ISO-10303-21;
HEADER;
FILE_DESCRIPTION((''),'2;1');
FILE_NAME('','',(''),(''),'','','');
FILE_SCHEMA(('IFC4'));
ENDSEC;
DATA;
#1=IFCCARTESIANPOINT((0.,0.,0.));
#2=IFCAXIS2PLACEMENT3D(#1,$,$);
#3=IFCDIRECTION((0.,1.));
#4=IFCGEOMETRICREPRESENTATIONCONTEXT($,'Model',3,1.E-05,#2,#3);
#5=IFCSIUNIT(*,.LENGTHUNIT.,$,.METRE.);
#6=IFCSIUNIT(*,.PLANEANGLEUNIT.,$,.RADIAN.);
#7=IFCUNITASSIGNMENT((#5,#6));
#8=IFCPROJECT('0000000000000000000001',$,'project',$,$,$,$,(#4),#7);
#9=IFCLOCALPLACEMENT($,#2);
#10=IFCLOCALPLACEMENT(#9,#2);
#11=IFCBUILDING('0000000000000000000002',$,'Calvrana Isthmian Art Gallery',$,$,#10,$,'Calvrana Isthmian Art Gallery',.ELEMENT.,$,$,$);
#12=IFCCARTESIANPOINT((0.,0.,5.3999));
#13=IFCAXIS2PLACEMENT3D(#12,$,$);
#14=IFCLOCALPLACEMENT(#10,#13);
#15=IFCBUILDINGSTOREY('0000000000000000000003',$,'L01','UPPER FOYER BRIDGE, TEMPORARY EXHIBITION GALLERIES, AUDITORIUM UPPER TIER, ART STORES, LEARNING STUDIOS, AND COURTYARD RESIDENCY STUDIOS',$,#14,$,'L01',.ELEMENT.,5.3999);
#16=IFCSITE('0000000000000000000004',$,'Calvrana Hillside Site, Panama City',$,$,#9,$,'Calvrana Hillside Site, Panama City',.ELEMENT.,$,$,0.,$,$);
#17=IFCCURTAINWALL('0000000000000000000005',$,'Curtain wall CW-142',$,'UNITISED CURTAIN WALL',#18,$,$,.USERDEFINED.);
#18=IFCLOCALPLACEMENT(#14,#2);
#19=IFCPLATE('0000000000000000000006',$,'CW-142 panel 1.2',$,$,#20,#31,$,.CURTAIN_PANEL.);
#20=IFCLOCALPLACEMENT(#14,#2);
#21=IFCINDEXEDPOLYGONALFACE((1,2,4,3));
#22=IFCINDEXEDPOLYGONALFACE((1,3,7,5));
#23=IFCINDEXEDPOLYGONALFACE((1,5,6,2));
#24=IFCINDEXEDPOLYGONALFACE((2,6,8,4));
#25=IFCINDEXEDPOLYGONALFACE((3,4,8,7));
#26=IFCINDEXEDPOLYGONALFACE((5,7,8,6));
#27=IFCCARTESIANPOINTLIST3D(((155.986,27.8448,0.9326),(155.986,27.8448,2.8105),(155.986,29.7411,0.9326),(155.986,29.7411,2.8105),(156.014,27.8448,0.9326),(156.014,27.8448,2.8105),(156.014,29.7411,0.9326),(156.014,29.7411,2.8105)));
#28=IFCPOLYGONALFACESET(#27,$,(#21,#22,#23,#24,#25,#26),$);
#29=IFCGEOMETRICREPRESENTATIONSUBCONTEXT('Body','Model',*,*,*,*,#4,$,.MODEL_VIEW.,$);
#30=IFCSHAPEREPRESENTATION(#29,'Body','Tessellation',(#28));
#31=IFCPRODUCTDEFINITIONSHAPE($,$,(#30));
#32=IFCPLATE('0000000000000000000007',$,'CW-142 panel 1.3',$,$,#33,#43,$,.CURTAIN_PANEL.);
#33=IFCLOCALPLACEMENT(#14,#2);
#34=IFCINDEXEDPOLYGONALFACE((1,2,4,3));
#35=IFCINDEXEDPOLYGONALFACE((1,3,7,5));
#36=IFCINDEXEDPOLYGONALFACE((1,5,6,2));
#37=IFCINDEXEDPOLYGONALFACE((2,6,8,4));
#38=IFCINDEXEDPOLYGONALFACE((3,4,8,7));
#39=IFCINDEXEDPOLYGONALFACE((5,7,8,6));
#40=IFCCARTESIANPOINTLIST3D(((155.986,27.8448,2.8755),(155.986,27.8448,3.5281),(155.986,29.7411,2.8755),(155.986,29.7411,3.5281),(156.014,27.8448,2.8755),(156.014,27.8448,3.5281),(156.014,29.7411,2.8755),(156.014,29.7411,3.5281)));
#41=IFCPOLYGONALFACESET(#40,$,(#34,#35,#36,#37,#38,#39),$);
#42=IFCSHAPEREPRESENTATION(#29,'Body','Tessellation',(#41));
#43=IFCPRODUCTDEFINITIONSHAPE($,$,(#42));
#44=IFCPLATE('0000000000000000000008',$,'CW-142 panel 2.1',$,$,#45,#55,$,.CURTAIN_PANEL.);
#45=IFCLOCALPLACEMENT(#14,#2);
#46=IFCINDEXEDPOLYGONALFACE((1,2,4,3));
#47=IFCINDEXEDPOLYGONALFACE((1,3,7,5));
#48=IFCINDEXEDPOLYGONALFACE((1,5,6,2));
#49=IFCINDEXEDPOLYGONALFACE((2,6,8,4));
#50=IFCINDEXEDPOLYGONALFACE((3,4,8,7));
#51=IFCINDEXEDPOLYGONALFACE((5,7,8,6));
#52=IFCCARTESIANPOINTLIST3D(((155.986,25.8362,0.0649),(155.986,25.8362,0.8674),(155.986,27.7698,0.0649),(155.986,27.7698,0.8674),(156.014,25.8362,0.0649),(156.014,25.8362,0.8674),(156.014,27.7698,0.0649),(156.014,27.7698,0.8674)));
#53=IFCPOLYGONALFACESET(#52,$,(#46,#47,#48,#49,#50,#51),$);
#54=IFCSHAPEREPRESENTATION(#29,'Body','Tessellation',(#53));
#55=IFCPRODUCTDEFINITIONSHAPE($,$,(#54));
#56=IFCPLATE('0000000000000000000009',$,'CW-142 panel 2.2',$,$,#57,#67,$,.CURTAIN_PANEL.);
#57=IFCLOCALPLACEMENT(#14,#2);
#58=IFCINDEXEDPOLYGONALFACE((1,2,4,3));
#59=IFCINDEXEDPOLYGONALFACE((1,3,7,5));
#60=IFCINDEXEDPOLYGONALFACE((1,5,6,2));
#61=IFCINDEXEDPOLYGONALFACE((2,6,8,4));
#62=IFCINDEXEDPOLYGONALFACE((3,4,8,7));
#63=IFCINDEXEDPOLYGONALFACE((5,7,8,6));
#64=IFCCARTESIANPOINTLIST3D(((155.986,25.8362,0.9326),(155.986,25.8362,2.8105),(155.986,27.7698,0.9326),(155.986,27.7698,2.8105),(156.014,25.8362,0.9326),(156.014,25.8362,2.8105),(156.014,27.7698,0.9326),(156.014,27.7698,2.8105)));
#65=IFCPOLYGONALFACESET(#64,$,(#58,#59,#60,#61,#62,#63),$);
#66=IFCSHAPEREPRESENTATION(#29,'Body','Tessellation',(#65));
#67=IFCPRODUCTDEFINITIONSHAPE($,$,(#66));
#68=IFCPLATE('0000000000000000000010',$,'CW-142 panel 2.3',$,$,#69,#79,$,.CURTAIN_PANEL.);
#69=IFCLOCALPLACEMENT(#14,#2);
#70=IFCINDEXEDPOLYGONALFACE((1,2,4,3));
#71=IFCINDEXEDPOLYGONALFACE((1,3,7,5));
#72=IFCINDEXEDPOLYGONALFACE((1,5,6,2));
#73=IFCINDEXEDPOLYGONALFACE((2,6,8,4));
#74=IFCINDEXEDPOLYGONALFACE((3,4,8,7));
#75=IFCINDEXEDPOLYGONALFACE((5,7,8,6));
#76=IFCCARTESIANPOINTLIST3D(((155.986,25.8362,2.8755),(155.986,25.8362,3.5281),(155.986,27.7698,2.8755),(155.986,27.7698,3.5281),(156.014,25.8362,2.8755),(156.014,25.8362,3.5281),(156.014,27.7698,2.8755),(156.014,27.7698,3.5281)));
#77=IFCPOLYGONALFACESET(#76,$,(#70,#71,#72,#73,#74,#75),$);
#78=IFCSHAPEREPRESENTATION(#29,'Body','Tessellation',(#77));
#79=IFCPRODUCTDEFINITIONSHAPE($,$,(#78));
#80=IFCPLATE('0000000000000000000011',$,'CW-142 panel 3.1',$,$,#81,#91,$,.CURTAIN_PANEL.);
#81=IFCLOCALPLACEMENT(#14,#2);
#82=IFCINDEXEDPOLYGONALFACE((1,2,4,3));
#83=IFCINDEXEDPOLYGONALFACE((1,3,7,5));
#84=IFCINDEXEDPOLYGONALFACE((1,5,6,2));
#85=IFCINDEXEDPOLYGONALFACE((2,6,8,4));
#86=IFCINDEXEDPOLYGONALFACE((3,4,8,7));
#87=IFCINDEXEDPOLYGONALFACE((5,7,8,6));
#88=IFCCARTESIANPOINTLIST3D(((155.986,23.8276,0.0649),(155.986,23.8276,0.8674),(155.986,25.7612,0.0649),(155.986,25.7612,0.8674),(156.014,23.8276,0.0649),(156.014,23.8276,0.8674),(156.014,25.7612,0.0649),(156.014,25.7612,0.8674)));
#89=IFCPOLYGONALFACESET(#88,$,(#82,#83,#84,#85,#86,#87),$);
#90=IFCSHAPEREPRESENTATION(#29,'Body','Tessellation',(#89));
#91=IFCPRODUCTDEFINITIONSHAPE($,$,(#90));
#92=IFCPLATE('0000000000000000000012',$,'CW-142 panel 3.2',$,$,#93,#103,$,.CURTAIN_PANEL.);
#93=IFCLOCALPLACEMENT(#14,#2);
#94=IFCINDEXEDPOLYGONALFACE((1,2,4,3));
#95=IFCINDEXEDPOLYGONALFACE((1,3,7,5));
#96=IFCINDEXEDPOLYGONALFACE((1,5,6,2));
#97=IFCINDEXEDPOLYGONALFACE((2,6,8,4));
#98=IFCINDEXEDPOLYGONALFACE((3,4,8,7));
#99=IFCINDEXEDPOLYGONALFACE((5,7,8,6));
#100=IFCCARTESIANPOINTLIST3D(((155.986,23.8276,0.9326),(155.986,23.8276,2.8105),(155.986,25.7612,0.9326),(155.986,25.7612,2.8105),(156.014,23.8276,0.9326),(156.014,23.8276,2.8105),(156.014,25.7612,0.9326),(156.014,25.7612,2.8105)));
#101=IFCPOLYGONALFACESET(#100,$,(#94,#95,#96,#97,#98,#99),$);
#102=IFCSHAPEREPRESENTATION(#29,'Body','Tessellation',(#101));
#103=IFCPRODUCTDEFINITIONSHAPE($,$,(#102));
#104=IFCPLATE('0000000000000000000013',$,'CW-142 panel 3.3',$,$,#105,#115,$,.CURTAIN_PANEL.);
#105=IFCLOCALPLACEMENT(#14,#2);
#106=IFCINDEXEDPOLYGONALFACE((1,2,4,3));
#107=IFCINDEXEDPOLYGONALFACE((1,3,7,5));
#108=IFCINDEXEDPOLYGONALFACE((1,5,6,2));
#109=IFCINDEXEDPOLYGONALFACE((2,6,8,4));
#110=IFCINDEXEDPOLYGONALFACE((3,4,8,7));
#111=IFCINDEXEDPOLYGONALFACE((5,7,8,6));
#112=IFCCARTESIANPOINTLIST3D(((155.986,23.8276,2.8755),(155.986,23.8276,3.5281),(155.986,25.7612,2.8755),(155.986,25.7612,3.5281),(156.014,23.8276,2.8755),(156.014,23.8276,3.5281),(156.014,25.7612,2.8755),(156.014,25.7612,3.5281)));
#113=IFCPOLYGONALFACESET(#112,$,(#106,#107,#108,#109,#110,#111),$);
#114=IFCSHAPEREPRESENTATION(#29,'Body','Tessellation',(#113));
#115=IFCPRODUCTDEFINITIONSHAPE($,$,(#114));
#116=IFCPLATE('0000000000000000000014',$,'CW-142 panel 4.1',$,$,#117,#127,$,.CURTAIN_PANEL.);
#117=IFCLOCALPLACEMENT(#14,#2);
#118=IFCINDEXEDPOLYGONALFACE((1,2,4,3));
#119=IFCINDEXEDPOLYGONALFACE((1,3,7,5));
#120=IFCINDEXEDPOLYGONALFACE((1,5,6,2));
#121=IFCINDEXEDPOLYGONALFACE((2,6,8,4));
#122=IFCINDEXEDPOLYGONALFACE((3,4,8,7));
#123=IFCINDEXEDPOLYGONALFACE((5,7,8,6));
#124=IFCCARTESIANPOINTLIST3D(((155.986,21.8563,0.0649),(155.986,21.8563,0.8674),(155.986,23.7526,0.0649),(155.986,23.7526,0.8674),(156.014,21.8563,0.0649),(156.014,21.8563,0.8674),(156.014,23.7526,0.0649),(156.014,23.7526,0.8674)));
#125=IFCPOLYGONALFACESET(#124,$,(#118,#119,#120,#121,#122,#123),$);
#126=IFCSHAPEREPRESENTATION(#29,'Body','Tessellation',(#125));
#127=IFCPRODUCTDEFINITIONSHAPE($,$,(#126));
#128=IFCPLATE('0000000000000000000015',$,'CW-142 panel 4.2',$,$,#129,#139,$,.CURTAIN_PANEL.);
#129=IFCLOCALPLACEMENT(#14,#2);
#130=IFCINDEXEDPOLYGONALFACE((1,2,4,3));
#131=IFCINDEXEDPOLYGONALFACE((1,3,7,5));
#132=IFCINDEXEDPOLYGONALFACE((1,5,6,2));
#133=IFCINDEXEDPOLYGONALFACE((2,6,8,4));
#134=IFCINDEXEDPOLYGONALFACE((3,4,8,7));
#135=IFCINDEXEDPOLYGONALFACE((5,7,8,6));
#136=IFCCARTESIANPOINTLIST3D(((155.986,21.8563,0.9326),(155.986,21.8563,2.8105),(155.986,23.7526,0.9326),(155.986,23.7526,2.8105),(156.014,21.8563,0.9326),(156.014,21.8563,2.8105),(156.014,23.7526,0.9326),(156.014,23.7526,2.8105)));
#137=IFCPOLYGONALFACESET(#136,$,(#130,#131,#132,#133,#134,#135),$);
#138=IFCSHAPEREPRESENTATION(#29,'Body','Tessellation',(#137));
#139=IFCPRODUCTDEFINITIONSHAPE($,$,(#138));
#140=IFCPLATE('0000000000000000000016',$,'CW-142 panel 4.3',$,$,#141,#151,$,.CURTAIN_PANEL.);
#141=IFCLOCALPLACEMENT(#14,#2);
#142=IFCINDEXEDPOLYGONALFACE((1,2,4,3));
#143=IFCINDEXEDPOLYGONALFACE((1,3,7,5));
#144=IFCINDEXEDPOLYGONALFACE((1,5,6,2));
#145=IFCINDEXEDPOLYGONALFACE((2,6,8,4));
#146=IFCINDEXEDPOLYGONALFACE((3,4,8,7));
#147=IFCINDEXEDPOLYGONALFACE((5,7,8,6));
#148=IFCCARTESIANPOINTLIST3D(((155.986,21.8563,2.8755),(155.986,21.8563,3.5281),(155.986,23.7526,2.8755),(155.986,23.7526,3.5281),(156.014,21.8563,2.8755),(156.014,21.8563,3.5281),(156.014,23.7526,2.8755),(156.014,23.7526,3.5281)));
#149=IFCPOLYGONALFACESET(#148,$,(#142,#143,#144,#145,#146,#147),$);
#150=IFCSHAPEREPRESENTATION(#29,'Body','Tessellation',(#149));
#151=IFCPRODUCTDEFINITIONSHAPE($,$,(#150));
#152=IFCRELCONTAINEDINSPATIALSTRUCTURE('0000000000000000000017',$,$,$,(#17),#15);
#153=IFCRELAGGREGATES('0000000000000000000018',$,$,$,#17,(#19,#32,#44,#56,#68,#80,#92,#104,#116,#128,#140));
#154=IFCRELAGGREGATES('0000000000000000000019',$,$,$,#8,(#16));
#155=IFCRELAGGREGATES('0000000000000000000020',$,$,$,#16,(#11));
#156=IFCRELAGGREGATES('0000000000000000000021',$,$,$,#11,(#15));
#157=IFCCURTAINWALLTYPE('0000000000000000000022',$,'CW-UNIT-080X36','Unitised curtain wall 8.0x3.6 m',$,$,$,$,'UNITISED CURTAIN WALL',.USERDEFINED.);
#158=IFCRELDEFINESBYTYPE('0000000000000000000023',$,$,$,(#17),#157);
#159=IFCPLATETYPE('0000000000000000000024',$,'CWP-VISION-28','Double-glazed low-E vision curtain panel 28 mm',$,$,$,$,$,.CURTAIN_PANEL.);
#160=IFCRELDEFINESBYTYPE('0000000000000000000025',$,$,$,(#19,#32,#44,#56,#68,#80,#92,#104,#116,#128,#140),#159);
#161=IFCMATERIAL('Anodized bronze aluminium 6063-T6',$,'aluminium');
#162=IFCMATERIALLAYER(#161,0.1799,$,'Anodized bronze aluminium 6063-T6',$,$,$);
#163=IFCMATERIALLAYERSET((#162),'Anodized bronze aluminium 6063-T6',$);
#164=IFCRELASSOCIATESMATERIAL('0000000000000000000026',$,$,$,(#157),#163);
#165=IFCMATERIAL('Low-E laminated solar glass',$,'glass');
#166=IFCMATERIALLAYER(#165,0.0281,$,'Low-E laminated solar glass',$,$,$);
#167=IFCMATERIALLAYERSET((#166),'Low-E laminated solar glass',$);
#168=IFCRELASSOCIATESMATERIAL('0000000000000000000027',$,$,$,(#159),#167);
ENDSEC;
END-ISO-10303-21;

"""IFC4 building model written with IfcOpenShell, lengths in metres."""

from ifc_helpers import new_model, si_unit, direction, frame, origin, origin_2d, place, context, subcontext, project, spatial, rectangle, extrude, material, layer, layer_set, type_object, element, aggregate, save


model = new_model("IFC4")

# Units and contexts
model_context = context("Model", 3, precision=1e-05, world=origin(), true_north=direction((0.0, 1.0)))
body_context = subcontext(model_context, "Body", "Model", "MODEL_VIEW")
ifc_project = project(units=[si_unit("LENGTHUNIT", "METRE"), si_unit("PLANEANGLEUNIT", "RADIAN")], contexts=[model_context])

# Site, building, storey
site_placement = place(None, origin())
site = spatial("IfcSite", under=ifc_project, at=site_placement, Name="Calvrana Hillside Site, Panama City", LongName="Calvrana Hillside Site, Panama City", CompositionType="ELEMENT", RefElevation=0.0)
building_placement = place(site_placement, origin())
building = spatial("IfcBuilding", under=site, at=building_placement, Name="Calvrana Isthmian Art Gallery", LongName="Calvrana Isthmian Art Gallery", CompositionType="ELEMENT")
storey_placement = place(building_placement, frame((0.0, 0.0, 5.3999)))
storey = spatial("IfcBuildingStorey", under=building, at=storey_placement, Name="L01", Description="UPPER FOYER BRIDGE, TEMPORARY EXHIBITION GALLERIES, AUDITORIUM UPPER TIER, ART STORES, LEARNING STUDIOS, AND COURTYARD RESIDENCY STUDIOS", LongName="L01", CompositionType="ELEMENT", Elevation=5.3999)

# Curtain wall, plates
ifc_material_1 = material(Name="Anodized bronze aluminium 6063-T6", Category="aluminium")
ifc_layer_1 = layer(ifc_material_1, 0.1799, Name="Anodized bronze aluminium 6063-T6")
ifc_layer_set_1 = layer_set([ifc_layer_1], Name="Anodized bronze aluminium 6063-T6")
curtain_wall_type = type_object("IfcCurtainWallType", Name="CW-UNIT-080X36", Description="Unitised curtain wall 8.0x3.6 m", ElementType="UNITISED CURTAIN WALL", PredefinedType="USERDEFINED", material=ifc_layer_set_1)
curtain_wall_placement = place(storey_placement, origin())
curtain_wall = element("IfcCurtainWall", 1, at=curtain_wall_placement, inside=storey, type_object=curtain_wall_type, Name="Curtain wall CW-142", ObjectType="UNITISED CURTAIN WALL", PredefinedType="USERDEFINED")
ifc_material_2 = material(Name="Low-E laminated solar glass", Category="glass")
ifc_layer_2 = layer(ifc_material_2, 0.0281, Name="Low-E laminated solar glass")
ifc_layer_set_2 = layer_set([ifc_layer_2], Name="Low-E laminated solar glass")
plate_type = type_object("IfcPlateType", Name="CWP-VISION-28", Description="Double-glazed low-E vision curtain panel 28 mm", PredefinedType="CURTAIN_PANEL", material=ifc_layer_set_2)
plate_1_placement = place(storey_placement, frame((156.0, 28.793, 0.9326), z_axis=(0.0, 0.0, 1.0), x_axis=(0.0, -1.0, 0.0)))
plate_1 = element("IfcPlate", 2, at=plate_1_placement, type_object=plate_type, Name="CW-142 panel 1.2", PredefinedType="CURTAIN_PANEL", context=body_context, shape_type="SweptSolid", body=[
    extrude(rectangle(XDim=1.8962, YDim=0.0281, at=origin_2d()), origin(), (0.0, 0.0, 1.0), 1.8779),
])
plate_2_placement = place(storey_placement, frame((156.0, 28.793, 2.8755), z_axis=(0.0, 0.0, 1.0), x_axis=(0.0, -1.0, 0.0)))
plate_2 = element("IfcPlate", 3, at=plate_2_placement, type_object=plate_type, Name="CW-142 panel 1.3", PredefinedType="CURTAIN_PANEL", context=body_context, shape_type="SweptSolid", body=[
    extrude(rectangle(XDim=1.8962, YDim=0.0281, at=origin_2d()), origin(), (0.0, 0.0, 1.0), 0.6526),
])
plate_3_placement = place(storey_placement, frame((156.0, 26.803, 0.0649), z_axis=(0.0, 0.0, 1.0), x_axis=(0.0, -1.0, 0.0)))
plate_3 = element("IfcPlate", 4, at=plate_3_placement, type_object=plate_type, Name="CW-142 panel 2.1", PredefinedType="CURTAIN_PANEL", context=body_context, shape_type="SweptSolid", body=[
    extrude(rectangle(XDim=1.9336, YDim=0.0281, at=origin_2d()), origin(), (0.0, 0.0, 1.0), 0.8025),
])
plate_4_placement = place(storey_placement, frame((156.0, 26.803, 0.9326), z_axis=(0.0, 0.0, 1.0), x_axis=(0.0, -1.0, 0.0)))
plate_4 = element("IfcPlate", 5, at=plate_4_placement, type_object=plate_type, Name="CW-142 panel 2.2", PredefinedType="CURTAIN_PANEL", context=body_context, shape_type="SweptSolid", body=[
    extrude(rectangle(XDim=1.9336, YDim=0.0281, at=origin_2d()), origin(), (0.0, 0.0, 1.0), 1.8779),
])
plate_5_placement = place(storey_placement, frame((156.0, 26.803, 2.8755), z_axis=(0.0, 0.0, 1.0), x_axis=(0.0, -1.0, 0.0)))
plate_5 = element("IfcPlate", 6, at=plate_5_placement, type_object=plate_type, Name="CW-142 panel 2.3", PredefinedType="CURTAIN_PANEL", context=body_context, shape_type="SweptSolid", body=[
    extrude(rectangle(XDim=1.9336, YDim=0.0281, at=origin_2d()), origin(), (0.0, 0.0, 1.0), 0.6526),
])
plate_6_placement = place(storey_placement, frame((156.0, 24.7944, 0.0649), z_axis=(0.0, 0.0, 1.0), x_axis=(0.0, -1.0, 0.0)))
plate_6 = element("IfcPlate", 7, at=plate_6_placement, type_object=plate_type, Name="CW-142 panel 3.1", PredefinedType="CURTAIN_PANEL", context=body_context, shape_type="SweptSolid", body=[
    extrude(rectangle(XDim=1.9336, YDim=0.0281, at=origin_2d()), origin(), (0.0, 0.0, 1.0), 0.8025),
])
plate_7_placement = place(storey_placement, frame((156.0, 24.7944, 0.9326), z_axis=(0.0, 0.0, 1.0), x_axis=(0.0, -1.0, 0.0)))
plate_7 = element("IfcPlate", 8, at=plate_7_placement, type_object=plate_type, Name="CW-142 panel 3.2", PredefinedType="CURTAIN_PANEL", context=body_context, shape_type="SweptSolid", body=[
    extrude(rectangle(XDim=1.9336, YDim=0.0281, at=origin_2d()), origin(), (0.0, 0.0, 1.0), 1.8779),
])
plate_8_placement = place(storey_placement, frame((156.0, 24.7944, 2.8755), z_axis=(0.0, 0.0, 1.0), x_axis=(0.0, -1.0, 0.0)))
plate_8 = element("IfcPlate", 9, at=plate_8_placement, type_object=plate_type, Name="CW-142 panel 3.3", PredefinedType="CURTAIN_PANEL", context=body_context, shape_type="SweptSolid", body=[
    extrude(rectangle(XDim=1.9336, YDim=0.0281, at=origin_2d()), origin(), (0.0, 0.0, 1.0), 0.6526),
])
plate_9_placement = place(storey_placement, frame((156.0, 22.8044, 0.0649), z_axis=(0.0, 0.0, 1.0), x_axis=(0.0, -1.0, 0.0)))
plate_9 = element("IfcPlate", 10, at=plate_9_placement, type_object=plate_type, Name="CW-142 panel 4.1", PredefinedType="CURTAIN_PANEL", context=body_context, shape_type="SweptSolid", body=[
    extrude(rectangle(XDim=1.8962, YDim=0.0281, at=origin_2d()), origin(), (0.0, 0.0, 1.0), 0.8025),
])
plate_10_placement = place(storey_placement, frame((156.0, 22.8044, 0.9326), z_axis=(0.0, 0.0, 1.0), x_axis=(0.0, -1.0, 0.0)))
plate_10 = element("IfcPlate", 11, at=plate_10_placement, type_object=plate_type, Name="CW-142 panel 4.2", PredefinedType="CURTAIN_PANEL", context=body_context, shape_type="SweptSolid", body=[
    extrude(rectangle(XDim=1.8962, YDim=0.0281, at=origin_2d()), origin(), (0.0, 0.0, 1.0), 1.8779),
])
plate_11_placement = place(storey_placement, frame((156.0, 22.8044, 2.8755), z_axis=(0.0, 0.0, 1.0), x_axis=(0.0, -1.0, 0.0)))
plate_11 = element("IfcPlate", 12, at=plate_11_placement, type_object=plate_type, Name="CW-142 panel 4.3", PredefinedType="CURTAIN_PANEL", context=body_context, shape_type="SweptSolid", body=[
    extrude(rectangle(XDim=1.8962, YDim=0.0281, at=origin_2d()), origin(), (0.0, 0.0, 1.0), 0.6526),
])
aggregate(curtain_wall, [plate_1, plate_2, plate_3, plate_4, plate_5, plate_6, plate_7, plate_8, plate_9, plate_10, plate_11])

save(model, "model.ifc")
